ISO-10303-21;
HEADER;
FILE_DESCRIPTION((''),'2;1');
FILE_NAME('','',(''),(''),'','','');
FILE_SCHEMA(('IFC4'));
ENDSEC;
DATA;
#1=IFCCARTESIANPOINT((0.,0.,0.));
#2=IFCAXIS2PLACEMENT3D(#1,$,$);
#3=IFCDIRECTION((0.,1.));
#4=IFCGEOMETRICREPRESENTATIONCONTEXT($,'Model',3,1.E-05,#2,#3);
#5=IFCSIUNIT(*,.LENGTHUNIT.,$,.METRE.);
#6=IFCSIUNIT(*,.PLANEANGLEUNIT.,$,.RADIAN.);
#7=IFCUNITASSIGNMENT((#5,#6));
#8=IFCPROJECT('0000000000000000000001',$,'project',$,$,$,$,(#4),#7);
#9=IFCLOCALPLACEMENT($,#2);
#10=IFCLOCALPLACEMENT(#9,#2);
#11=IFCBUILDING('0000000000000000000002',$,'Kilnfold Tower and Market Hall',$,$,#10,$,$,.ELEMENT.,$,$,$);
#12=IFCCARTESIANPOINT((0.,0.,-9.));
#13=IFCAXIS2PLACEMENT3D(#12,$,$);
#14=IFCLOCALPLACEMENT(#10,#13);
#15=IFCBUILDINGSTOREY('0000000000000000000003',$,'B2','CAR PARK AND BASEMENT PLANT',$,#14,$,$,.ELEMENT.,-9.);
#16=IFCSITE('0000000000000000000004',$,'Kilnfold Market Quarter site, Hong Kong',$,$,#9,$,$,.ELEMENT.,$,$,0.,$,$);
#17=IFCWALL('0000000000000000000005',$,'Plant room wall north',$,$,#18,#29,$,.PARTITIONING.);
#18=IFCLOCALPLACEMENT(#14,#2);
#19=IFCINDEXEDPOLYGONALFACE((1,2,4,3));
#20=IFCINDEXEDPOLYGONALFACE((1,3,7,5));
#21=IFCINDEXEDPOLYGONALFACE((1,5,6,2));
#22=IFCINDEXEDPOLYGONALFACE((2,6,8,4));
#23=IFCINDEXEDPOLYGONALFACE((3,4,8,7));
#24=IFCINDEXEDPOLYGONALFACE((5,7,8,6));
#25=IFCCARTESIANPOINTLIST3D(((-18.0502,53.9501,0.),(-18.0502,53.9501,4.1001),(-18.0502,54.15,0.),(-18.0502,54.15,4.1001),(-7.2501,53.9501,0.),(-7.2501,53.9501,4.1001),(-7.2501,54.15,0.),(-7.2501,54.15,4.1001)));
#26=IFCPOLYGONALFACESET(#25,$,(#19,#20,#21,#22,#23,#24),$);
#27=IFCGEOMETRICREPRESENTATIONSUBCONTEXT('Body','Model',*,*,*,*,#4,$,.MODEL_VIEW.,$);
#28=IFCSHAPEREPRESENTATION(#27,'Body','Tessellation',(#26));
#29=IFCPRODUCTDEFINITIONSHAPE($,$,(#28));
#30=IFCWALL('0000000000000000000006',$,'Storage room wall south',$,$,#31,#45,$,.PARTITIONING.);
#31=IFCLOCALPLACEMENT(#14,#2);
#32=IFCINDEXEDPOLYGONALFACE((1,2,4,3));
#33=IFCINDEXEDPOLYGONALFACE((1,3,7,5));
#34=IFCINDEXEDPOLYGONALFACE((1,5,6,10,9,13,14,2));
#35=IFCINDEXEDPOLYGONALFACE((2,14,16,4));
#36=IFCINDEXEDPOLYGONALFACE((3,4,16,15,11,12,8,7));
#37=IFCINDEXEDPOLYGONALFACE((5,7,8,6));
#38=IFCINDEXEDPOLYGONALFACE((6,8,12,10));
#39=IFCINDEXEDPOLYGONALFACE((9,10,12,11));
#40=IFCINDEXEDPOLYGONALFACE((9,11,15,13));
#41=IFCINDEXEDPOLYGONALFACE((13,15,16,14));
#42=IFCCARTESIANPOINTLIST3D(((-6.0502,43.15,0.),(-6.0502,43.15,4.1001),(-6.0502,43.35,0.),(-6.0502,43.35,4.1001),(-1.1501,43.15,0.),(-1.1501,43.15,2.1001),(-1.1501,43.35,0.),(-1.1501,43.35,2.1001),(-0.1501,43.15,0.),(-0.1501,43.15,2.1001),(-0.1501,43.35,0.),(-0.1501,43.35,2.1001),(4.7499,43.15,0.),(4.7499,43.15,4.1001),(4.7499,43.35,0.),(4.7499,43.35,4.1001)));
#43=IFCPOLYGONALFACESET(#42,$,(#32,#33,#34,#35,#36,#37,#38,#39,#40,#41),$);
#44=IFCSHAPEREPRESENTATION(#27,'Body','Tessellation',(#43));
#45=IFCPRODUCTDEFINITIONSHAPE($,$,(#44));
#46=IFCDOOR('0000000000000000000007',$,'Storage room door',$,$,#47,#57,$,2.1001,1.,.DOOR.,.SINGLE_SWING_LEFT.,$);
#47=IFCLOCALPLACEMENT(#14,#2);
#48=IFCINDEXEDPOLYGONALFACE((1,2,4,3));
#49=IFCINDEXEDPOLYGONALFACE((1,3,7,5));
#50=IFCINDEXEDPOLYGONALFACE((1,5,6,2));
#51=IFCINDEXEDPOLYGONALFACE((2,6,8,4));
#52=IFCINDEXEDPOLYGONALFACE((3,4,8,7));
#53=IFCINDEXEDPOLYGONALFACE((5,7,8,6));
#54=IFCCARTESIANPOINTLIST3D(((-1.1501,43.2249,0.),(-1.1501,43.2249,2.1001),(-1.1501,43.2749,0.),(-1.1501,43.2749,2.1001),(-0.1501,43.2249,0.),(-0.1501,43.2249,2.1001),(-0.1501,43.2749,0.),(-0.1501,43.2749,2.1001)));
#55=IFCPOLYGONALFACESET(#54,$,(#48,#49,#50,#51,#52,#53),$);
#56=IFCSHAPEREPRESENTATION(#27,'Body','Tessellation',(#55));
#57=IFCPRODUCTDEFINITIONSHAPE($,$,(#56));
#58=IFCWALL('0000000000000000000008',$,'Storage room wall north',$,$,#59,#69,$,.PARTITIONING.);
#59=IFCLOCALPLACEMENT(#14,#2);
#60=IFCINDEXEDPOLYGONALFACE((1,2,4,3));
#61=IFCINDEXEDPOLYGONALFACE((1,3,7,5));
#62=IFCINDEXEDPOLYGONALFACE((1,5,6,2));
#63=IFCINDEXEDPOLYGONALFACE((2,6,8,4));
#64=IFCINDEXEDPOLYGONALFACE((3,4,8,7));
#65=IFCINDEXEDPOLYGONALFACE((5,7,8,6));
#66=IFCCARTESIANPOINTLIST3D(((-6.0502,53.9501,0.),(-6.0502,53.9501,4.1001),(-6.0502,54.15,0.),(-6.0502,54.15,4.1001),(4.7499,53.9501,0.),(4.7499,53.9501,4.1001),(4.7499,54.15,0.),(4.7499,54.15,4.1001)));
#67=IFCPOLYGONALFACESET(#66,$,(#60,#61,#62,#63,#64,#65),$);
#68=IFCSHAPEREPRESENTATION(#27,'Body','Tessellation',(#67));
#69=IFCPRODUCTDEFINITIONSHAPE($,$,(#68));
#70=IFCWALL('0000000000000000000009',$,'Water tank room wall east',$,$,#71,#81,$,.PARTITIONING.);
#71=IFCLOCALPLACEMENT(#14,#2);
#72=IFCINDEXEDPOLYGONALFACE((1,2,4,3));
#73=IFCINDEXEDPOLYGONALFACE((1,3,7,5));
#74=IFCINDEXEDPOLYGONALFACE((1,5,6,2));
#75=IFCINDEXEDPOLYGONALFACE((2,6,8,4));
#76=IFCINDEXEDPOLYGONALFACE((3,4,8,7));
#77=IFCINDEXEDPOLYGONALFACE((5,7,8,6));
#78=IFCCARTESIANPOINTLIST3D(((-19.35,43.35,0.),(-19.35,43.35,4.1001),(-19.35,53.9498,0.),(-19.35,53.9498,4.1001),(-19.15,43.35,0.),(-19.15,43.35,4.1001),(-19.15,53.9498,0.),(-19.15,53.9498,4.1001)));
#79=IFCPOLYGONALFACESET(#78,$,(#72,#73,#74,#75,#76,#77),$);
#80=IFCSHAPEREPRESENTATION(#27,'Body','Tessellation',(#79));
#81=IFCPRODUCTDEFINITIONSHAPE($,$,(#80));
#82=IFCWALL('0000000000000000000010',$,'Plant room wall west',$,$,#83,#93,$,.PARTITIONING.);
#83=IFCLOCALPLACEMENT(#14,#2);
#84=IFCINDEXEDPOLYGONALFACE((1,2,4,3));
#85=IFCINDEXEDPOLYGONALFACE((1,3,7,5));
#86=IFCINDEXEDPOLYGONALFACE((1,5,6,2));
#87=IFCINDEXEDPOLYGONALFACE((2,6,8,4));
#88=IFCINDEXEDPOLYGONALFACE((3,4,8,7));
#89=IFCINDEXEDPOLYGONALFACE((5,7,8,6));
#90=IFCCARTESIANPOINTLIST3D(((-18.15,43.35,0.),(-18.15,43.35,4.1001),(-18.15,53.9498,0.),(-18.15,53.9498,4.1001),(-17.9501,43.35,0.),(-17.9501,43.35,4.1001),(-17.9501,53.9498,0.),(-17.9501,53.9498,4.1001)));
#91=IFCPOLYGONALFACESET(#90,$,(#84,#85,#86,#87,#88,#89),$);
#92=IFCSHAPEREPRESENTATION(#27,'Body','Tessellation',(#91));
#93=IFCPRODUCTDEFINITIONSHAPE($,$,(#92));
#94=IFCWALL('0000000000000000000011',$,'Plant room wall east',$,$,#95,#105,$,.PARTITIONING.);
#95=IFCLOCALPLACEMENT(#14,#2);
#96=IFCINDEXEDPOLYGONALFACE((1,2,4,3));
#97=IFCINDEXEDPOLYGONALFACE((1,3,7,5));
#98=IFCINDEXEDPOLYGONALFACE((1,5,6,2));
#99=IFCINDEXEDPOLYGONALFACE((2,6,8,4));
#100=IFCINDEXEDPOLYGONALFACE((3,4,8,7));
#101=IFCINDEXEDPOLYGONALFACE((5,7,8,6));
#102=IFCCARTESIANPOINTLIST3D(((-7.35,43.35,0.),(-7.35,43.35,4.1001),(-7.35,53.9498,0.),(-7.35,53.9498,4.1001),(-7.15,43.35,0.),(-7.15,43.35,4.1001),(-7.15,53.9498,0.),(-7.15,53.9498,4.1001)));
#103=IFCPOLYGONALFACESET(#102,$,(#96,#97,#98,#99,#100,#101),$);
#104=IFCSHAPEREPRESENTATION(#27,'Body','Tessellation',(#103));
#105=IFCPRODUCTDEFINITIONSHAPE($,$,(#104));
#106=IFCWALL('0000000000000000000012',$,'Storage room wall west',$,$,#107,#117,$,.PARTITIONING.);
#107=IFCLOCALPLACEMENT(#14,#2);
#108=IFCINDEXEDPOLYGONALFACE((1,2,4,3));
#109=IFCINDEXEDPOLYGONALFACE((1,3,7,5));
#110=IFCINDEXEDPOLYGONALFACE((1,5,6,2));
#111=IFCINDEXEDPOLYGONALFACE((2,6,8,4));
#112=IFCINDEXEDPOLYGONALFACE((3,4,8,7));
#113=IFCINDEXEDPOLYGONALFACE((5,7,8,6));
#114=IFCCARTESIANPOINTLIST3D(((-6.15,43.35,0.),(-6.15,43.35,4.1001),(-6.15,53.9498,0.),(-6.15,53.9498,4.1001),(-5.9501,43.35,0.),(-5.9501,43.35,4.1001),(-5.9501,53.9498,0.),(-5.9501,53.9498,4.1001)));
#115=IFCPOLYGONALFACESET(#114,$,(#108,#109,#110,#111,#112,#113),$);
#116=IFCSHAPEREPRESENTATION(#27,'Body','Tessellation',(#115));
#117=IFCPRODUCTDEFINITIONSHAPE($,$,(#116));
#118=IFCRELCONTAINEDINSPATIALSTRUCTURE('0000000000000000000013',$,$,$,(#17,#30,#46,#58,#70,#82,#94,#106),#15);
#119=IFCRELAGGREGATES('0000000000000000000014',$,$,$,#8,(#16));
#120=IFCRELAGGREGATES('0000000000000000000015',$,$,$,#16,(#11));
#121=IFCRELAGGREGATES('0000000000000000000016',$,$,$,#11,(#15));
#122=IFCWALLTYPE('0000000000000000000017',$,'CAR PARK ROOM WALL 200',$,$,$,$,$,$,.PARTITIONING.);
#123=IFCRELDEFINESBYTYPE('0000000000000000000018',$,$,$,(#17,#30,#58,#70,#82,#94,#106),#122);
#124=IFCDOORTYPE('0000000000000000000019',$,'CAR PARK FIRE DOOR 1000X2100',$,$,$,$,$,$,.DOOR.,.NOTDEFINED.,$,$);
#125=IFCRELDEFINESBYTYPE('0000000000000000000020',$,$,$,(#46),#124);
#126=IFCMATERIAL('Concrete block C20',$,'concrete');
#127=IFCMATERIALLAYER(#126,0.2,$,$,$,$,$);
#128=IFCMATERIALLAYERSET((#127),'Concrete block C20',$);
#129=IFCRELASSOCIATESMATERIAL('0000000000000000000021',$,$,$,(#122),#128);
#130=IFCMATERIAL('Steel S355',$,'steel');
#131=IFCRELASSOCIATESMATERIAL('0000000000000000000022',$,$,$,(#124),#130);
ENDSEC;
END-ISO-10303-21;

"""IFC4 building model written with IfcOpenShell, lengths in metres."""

from ifc_helpers import new_model, si_unit, direction, frame, frame_2d, origin, place, context, subcontext, project, spatial, rectangle, extrude, source, transform, mapped, material, layer, layer_set, type_object, element, fill, save


model = new_model("IFC4")

# Units and contexts
model_context = context("Model", 3, precision=1e-05, world=origin(), true_north=direction((0.0, 1.0)))
body_context = subcontext(model_context, "Body", "Model", "MODEL_VIEW")
ifc_project = project(units=[si_unit("LENGTHUNIT", "METRE"), si_unit("PLANEANGLEUNIT", "RADIAN")], contexts=[model_context])

# Site, building, storey
site_placement = place(None, origin())
site = spatial("IfcSite", under=ifc_project, at=site_placement, Name="Kilnfold Market Quarter site, Hong Kong", CompositionType="ELEMENT", RefElevation=0.0)
building_placement = place(site_placement, origin())
building = spatial("IfcBuilding", under=site, at=building_placement, Name="Kilnfold Tower and Market Hall", CompositionType="ELEMENT")
storey_placement = place(building_placement, frame((0.0, 0.0, -9.0)))
storey = spatial("IfcBuildingStorey", under=building, at=storey_placement, Name="B2", Description="CAR PARK AND BASEMENT PLANT", CompositionType="ELEMENT", Elevation=-9.0)

# Wall
ifc_material_1 = material(Name="Concrete block C20", Category="concrete")
ifc_layer = layer(ifc_material_1, 0.2)
ifc_layer_set = layer_set([ifc_layer], Name="Concrete block C20")
wall_type = type_object("IfcWallType", Name="CAR PARK ROOM WALL 200", PredefinedType="PARTITIONING", material=ifc_layer_set)
shared_shape_1 = source(origin(), body_context, "Body", "SweptSolid", [
    extrude(rectangle(XDim=10.8, YDim=0.2, at=frame_2d((5.3999, 0.0))), origin(), (0.0, 0.0, 1.0), 4.1001),
])
wall_1_placement = place(storey_placement, frame((-18.05, 54.05, 0.0), z_axis=(0.0, 0.0, 1.0), x_axis=(1.0, 0.0, 0.0)))
element("IfcWall", 1, at=wall_1_placement, inside=storey, type_object=wall_type, Name="Plant room wall north", PredefinedType="PARTITIONING", context=body_context, shape_type="MappedRepresentation", body=[
    mapped(shared_shape_1, transform((0.0, 0.0, 0.0))),
])

# Wall, opening, door
wall_2_placement = place(storey_placement, frame((-6.05, 43.25, 0.0), z_axis=(0.0, 0.0, 1.0), x_axis=(1.0, 0.0, 0.0)))
wall_2 = element("IfcWall", 2, at=wall_2_placement, inside=storey, type_object=wall_type, Name="Storage room wall south", PredefinedType="PARTITIONING", context=body_context, shape_type="MappedRepresentation", body=[
    mapped(shared_shape_1, transform((0.0, 0.0, 0.0))),
])
opening_placement = place(wall_2_placement, frame((4.8999, 0.0, 0.0)))
opening = element("IfcOpeningElement", 3, at=opening_placement, cuts=wall_2, PredefinedType="OPENING", context=body_context, shape_type="SweptSolid", body=[
    extrude(rectangle(XDim=1.0, YDim=2.1001, at=frame_2d((0.5, 1.05))), frame((0.0, 0.1099, 0.0), z_axis=(0.0, -1.0, 0.0), x_axis=(1.0, 0.0, 0.0)), (0.0, 0.0, 1.0), 0.22),
])
ifc_material_2 = material(Name="Steel S355", Category="steel")
door_type = type_object("IfcDoorType", Name="CAR PARK FIRE DOOR 1000X2100", OperationType="NOTDEFINED", PredefinedType="DOOR", material=ifc_material_2)
door_placement = place(opening_placement, origin())
door = element("IfcDoor", 4, at=door_placement, inside=storey, type_object=door_type, Name="Storage room door", OperationType="SINGLE_SWING_LEFT", OverallHeight=2.1001, OverallWidth=1.0, PredefinedType="DOOR", context=body_context, shape_type="SweptSolid", body=[
    extrude(rectangle(XDim=1.0, YDim=2.1001, at=frame_2d((0.5, 1.05))), frame((0.0, 0.0249, 0.0), z_axis=(0.0, -1.0, 0.0), x_axis=(1.0, 0.0, 0.0)), (0.0, 0.0, 1.0), 0.05),
])
fill(opening, door)

# Walls
wall_3_placement = place(storey_placement, frame((-6.05, 54.05, 0.0), z_axis=(0.0, 0.0, 1.0), x_axis=(1.0, 0.0, 0.0)))
element("IfcWall", 5, at=wall_3_placement, inside=storey, type_object=wall_type, Name="Storage room wall north", PredefinedType="PARTITIONING", context=body_context, shape_type="MappedRepresentation", body=[
    mapped(shared_shape_1, transform((0.0, 0.0, 0.0))),
])
shared_shape_2 = source(origin(), body_context, "Body", "SweptSolid", [
    extrude(rectangle(XDim=10.5999, YDim=0.2, at=frame_2d((5.2998, 0.0))), origin(), (0.0, 0.0, 1.0), 4.1001),
])
for number, where, z_axis, x_axis, name in (
    (6, (-19.25, 43.3501, 0.0), (0.0, 0.0, 1.0), (0.0, 1.0, 0.0), "Water tank room wall east"),
    (7, (-18.05, 43.3501, 0.0), (0.0, 0.0, 1.0), (0.0, 1.0, 0.0), "Plant room wall west"),
    (8, (-7.25, 43.3501, 0.0), (0.0, 0.0, 1.0), (0.0, 1.0, 0.0), "Plant room wall east"),
    (9, (-6.05, 43.3501, 0.0), (0.0, 0.0, 1.0), (0.0, 1.0, 0.0), "Storage room wall west"),
):
    element("IfcWall", number, at=place(storey_placement, frame(where, z_axis=z_axis, x_axis=x_axis)), inside=storey, type_object=wall_type, Name=name, PredefinedType="PARTITIONING", context=body_context, shape_type="MappedRepresentation", body=[
        mapped(shared_shape_2, transform((0.0, 0.0, 0.0))),
    ])

save(model, "model.ifc")
